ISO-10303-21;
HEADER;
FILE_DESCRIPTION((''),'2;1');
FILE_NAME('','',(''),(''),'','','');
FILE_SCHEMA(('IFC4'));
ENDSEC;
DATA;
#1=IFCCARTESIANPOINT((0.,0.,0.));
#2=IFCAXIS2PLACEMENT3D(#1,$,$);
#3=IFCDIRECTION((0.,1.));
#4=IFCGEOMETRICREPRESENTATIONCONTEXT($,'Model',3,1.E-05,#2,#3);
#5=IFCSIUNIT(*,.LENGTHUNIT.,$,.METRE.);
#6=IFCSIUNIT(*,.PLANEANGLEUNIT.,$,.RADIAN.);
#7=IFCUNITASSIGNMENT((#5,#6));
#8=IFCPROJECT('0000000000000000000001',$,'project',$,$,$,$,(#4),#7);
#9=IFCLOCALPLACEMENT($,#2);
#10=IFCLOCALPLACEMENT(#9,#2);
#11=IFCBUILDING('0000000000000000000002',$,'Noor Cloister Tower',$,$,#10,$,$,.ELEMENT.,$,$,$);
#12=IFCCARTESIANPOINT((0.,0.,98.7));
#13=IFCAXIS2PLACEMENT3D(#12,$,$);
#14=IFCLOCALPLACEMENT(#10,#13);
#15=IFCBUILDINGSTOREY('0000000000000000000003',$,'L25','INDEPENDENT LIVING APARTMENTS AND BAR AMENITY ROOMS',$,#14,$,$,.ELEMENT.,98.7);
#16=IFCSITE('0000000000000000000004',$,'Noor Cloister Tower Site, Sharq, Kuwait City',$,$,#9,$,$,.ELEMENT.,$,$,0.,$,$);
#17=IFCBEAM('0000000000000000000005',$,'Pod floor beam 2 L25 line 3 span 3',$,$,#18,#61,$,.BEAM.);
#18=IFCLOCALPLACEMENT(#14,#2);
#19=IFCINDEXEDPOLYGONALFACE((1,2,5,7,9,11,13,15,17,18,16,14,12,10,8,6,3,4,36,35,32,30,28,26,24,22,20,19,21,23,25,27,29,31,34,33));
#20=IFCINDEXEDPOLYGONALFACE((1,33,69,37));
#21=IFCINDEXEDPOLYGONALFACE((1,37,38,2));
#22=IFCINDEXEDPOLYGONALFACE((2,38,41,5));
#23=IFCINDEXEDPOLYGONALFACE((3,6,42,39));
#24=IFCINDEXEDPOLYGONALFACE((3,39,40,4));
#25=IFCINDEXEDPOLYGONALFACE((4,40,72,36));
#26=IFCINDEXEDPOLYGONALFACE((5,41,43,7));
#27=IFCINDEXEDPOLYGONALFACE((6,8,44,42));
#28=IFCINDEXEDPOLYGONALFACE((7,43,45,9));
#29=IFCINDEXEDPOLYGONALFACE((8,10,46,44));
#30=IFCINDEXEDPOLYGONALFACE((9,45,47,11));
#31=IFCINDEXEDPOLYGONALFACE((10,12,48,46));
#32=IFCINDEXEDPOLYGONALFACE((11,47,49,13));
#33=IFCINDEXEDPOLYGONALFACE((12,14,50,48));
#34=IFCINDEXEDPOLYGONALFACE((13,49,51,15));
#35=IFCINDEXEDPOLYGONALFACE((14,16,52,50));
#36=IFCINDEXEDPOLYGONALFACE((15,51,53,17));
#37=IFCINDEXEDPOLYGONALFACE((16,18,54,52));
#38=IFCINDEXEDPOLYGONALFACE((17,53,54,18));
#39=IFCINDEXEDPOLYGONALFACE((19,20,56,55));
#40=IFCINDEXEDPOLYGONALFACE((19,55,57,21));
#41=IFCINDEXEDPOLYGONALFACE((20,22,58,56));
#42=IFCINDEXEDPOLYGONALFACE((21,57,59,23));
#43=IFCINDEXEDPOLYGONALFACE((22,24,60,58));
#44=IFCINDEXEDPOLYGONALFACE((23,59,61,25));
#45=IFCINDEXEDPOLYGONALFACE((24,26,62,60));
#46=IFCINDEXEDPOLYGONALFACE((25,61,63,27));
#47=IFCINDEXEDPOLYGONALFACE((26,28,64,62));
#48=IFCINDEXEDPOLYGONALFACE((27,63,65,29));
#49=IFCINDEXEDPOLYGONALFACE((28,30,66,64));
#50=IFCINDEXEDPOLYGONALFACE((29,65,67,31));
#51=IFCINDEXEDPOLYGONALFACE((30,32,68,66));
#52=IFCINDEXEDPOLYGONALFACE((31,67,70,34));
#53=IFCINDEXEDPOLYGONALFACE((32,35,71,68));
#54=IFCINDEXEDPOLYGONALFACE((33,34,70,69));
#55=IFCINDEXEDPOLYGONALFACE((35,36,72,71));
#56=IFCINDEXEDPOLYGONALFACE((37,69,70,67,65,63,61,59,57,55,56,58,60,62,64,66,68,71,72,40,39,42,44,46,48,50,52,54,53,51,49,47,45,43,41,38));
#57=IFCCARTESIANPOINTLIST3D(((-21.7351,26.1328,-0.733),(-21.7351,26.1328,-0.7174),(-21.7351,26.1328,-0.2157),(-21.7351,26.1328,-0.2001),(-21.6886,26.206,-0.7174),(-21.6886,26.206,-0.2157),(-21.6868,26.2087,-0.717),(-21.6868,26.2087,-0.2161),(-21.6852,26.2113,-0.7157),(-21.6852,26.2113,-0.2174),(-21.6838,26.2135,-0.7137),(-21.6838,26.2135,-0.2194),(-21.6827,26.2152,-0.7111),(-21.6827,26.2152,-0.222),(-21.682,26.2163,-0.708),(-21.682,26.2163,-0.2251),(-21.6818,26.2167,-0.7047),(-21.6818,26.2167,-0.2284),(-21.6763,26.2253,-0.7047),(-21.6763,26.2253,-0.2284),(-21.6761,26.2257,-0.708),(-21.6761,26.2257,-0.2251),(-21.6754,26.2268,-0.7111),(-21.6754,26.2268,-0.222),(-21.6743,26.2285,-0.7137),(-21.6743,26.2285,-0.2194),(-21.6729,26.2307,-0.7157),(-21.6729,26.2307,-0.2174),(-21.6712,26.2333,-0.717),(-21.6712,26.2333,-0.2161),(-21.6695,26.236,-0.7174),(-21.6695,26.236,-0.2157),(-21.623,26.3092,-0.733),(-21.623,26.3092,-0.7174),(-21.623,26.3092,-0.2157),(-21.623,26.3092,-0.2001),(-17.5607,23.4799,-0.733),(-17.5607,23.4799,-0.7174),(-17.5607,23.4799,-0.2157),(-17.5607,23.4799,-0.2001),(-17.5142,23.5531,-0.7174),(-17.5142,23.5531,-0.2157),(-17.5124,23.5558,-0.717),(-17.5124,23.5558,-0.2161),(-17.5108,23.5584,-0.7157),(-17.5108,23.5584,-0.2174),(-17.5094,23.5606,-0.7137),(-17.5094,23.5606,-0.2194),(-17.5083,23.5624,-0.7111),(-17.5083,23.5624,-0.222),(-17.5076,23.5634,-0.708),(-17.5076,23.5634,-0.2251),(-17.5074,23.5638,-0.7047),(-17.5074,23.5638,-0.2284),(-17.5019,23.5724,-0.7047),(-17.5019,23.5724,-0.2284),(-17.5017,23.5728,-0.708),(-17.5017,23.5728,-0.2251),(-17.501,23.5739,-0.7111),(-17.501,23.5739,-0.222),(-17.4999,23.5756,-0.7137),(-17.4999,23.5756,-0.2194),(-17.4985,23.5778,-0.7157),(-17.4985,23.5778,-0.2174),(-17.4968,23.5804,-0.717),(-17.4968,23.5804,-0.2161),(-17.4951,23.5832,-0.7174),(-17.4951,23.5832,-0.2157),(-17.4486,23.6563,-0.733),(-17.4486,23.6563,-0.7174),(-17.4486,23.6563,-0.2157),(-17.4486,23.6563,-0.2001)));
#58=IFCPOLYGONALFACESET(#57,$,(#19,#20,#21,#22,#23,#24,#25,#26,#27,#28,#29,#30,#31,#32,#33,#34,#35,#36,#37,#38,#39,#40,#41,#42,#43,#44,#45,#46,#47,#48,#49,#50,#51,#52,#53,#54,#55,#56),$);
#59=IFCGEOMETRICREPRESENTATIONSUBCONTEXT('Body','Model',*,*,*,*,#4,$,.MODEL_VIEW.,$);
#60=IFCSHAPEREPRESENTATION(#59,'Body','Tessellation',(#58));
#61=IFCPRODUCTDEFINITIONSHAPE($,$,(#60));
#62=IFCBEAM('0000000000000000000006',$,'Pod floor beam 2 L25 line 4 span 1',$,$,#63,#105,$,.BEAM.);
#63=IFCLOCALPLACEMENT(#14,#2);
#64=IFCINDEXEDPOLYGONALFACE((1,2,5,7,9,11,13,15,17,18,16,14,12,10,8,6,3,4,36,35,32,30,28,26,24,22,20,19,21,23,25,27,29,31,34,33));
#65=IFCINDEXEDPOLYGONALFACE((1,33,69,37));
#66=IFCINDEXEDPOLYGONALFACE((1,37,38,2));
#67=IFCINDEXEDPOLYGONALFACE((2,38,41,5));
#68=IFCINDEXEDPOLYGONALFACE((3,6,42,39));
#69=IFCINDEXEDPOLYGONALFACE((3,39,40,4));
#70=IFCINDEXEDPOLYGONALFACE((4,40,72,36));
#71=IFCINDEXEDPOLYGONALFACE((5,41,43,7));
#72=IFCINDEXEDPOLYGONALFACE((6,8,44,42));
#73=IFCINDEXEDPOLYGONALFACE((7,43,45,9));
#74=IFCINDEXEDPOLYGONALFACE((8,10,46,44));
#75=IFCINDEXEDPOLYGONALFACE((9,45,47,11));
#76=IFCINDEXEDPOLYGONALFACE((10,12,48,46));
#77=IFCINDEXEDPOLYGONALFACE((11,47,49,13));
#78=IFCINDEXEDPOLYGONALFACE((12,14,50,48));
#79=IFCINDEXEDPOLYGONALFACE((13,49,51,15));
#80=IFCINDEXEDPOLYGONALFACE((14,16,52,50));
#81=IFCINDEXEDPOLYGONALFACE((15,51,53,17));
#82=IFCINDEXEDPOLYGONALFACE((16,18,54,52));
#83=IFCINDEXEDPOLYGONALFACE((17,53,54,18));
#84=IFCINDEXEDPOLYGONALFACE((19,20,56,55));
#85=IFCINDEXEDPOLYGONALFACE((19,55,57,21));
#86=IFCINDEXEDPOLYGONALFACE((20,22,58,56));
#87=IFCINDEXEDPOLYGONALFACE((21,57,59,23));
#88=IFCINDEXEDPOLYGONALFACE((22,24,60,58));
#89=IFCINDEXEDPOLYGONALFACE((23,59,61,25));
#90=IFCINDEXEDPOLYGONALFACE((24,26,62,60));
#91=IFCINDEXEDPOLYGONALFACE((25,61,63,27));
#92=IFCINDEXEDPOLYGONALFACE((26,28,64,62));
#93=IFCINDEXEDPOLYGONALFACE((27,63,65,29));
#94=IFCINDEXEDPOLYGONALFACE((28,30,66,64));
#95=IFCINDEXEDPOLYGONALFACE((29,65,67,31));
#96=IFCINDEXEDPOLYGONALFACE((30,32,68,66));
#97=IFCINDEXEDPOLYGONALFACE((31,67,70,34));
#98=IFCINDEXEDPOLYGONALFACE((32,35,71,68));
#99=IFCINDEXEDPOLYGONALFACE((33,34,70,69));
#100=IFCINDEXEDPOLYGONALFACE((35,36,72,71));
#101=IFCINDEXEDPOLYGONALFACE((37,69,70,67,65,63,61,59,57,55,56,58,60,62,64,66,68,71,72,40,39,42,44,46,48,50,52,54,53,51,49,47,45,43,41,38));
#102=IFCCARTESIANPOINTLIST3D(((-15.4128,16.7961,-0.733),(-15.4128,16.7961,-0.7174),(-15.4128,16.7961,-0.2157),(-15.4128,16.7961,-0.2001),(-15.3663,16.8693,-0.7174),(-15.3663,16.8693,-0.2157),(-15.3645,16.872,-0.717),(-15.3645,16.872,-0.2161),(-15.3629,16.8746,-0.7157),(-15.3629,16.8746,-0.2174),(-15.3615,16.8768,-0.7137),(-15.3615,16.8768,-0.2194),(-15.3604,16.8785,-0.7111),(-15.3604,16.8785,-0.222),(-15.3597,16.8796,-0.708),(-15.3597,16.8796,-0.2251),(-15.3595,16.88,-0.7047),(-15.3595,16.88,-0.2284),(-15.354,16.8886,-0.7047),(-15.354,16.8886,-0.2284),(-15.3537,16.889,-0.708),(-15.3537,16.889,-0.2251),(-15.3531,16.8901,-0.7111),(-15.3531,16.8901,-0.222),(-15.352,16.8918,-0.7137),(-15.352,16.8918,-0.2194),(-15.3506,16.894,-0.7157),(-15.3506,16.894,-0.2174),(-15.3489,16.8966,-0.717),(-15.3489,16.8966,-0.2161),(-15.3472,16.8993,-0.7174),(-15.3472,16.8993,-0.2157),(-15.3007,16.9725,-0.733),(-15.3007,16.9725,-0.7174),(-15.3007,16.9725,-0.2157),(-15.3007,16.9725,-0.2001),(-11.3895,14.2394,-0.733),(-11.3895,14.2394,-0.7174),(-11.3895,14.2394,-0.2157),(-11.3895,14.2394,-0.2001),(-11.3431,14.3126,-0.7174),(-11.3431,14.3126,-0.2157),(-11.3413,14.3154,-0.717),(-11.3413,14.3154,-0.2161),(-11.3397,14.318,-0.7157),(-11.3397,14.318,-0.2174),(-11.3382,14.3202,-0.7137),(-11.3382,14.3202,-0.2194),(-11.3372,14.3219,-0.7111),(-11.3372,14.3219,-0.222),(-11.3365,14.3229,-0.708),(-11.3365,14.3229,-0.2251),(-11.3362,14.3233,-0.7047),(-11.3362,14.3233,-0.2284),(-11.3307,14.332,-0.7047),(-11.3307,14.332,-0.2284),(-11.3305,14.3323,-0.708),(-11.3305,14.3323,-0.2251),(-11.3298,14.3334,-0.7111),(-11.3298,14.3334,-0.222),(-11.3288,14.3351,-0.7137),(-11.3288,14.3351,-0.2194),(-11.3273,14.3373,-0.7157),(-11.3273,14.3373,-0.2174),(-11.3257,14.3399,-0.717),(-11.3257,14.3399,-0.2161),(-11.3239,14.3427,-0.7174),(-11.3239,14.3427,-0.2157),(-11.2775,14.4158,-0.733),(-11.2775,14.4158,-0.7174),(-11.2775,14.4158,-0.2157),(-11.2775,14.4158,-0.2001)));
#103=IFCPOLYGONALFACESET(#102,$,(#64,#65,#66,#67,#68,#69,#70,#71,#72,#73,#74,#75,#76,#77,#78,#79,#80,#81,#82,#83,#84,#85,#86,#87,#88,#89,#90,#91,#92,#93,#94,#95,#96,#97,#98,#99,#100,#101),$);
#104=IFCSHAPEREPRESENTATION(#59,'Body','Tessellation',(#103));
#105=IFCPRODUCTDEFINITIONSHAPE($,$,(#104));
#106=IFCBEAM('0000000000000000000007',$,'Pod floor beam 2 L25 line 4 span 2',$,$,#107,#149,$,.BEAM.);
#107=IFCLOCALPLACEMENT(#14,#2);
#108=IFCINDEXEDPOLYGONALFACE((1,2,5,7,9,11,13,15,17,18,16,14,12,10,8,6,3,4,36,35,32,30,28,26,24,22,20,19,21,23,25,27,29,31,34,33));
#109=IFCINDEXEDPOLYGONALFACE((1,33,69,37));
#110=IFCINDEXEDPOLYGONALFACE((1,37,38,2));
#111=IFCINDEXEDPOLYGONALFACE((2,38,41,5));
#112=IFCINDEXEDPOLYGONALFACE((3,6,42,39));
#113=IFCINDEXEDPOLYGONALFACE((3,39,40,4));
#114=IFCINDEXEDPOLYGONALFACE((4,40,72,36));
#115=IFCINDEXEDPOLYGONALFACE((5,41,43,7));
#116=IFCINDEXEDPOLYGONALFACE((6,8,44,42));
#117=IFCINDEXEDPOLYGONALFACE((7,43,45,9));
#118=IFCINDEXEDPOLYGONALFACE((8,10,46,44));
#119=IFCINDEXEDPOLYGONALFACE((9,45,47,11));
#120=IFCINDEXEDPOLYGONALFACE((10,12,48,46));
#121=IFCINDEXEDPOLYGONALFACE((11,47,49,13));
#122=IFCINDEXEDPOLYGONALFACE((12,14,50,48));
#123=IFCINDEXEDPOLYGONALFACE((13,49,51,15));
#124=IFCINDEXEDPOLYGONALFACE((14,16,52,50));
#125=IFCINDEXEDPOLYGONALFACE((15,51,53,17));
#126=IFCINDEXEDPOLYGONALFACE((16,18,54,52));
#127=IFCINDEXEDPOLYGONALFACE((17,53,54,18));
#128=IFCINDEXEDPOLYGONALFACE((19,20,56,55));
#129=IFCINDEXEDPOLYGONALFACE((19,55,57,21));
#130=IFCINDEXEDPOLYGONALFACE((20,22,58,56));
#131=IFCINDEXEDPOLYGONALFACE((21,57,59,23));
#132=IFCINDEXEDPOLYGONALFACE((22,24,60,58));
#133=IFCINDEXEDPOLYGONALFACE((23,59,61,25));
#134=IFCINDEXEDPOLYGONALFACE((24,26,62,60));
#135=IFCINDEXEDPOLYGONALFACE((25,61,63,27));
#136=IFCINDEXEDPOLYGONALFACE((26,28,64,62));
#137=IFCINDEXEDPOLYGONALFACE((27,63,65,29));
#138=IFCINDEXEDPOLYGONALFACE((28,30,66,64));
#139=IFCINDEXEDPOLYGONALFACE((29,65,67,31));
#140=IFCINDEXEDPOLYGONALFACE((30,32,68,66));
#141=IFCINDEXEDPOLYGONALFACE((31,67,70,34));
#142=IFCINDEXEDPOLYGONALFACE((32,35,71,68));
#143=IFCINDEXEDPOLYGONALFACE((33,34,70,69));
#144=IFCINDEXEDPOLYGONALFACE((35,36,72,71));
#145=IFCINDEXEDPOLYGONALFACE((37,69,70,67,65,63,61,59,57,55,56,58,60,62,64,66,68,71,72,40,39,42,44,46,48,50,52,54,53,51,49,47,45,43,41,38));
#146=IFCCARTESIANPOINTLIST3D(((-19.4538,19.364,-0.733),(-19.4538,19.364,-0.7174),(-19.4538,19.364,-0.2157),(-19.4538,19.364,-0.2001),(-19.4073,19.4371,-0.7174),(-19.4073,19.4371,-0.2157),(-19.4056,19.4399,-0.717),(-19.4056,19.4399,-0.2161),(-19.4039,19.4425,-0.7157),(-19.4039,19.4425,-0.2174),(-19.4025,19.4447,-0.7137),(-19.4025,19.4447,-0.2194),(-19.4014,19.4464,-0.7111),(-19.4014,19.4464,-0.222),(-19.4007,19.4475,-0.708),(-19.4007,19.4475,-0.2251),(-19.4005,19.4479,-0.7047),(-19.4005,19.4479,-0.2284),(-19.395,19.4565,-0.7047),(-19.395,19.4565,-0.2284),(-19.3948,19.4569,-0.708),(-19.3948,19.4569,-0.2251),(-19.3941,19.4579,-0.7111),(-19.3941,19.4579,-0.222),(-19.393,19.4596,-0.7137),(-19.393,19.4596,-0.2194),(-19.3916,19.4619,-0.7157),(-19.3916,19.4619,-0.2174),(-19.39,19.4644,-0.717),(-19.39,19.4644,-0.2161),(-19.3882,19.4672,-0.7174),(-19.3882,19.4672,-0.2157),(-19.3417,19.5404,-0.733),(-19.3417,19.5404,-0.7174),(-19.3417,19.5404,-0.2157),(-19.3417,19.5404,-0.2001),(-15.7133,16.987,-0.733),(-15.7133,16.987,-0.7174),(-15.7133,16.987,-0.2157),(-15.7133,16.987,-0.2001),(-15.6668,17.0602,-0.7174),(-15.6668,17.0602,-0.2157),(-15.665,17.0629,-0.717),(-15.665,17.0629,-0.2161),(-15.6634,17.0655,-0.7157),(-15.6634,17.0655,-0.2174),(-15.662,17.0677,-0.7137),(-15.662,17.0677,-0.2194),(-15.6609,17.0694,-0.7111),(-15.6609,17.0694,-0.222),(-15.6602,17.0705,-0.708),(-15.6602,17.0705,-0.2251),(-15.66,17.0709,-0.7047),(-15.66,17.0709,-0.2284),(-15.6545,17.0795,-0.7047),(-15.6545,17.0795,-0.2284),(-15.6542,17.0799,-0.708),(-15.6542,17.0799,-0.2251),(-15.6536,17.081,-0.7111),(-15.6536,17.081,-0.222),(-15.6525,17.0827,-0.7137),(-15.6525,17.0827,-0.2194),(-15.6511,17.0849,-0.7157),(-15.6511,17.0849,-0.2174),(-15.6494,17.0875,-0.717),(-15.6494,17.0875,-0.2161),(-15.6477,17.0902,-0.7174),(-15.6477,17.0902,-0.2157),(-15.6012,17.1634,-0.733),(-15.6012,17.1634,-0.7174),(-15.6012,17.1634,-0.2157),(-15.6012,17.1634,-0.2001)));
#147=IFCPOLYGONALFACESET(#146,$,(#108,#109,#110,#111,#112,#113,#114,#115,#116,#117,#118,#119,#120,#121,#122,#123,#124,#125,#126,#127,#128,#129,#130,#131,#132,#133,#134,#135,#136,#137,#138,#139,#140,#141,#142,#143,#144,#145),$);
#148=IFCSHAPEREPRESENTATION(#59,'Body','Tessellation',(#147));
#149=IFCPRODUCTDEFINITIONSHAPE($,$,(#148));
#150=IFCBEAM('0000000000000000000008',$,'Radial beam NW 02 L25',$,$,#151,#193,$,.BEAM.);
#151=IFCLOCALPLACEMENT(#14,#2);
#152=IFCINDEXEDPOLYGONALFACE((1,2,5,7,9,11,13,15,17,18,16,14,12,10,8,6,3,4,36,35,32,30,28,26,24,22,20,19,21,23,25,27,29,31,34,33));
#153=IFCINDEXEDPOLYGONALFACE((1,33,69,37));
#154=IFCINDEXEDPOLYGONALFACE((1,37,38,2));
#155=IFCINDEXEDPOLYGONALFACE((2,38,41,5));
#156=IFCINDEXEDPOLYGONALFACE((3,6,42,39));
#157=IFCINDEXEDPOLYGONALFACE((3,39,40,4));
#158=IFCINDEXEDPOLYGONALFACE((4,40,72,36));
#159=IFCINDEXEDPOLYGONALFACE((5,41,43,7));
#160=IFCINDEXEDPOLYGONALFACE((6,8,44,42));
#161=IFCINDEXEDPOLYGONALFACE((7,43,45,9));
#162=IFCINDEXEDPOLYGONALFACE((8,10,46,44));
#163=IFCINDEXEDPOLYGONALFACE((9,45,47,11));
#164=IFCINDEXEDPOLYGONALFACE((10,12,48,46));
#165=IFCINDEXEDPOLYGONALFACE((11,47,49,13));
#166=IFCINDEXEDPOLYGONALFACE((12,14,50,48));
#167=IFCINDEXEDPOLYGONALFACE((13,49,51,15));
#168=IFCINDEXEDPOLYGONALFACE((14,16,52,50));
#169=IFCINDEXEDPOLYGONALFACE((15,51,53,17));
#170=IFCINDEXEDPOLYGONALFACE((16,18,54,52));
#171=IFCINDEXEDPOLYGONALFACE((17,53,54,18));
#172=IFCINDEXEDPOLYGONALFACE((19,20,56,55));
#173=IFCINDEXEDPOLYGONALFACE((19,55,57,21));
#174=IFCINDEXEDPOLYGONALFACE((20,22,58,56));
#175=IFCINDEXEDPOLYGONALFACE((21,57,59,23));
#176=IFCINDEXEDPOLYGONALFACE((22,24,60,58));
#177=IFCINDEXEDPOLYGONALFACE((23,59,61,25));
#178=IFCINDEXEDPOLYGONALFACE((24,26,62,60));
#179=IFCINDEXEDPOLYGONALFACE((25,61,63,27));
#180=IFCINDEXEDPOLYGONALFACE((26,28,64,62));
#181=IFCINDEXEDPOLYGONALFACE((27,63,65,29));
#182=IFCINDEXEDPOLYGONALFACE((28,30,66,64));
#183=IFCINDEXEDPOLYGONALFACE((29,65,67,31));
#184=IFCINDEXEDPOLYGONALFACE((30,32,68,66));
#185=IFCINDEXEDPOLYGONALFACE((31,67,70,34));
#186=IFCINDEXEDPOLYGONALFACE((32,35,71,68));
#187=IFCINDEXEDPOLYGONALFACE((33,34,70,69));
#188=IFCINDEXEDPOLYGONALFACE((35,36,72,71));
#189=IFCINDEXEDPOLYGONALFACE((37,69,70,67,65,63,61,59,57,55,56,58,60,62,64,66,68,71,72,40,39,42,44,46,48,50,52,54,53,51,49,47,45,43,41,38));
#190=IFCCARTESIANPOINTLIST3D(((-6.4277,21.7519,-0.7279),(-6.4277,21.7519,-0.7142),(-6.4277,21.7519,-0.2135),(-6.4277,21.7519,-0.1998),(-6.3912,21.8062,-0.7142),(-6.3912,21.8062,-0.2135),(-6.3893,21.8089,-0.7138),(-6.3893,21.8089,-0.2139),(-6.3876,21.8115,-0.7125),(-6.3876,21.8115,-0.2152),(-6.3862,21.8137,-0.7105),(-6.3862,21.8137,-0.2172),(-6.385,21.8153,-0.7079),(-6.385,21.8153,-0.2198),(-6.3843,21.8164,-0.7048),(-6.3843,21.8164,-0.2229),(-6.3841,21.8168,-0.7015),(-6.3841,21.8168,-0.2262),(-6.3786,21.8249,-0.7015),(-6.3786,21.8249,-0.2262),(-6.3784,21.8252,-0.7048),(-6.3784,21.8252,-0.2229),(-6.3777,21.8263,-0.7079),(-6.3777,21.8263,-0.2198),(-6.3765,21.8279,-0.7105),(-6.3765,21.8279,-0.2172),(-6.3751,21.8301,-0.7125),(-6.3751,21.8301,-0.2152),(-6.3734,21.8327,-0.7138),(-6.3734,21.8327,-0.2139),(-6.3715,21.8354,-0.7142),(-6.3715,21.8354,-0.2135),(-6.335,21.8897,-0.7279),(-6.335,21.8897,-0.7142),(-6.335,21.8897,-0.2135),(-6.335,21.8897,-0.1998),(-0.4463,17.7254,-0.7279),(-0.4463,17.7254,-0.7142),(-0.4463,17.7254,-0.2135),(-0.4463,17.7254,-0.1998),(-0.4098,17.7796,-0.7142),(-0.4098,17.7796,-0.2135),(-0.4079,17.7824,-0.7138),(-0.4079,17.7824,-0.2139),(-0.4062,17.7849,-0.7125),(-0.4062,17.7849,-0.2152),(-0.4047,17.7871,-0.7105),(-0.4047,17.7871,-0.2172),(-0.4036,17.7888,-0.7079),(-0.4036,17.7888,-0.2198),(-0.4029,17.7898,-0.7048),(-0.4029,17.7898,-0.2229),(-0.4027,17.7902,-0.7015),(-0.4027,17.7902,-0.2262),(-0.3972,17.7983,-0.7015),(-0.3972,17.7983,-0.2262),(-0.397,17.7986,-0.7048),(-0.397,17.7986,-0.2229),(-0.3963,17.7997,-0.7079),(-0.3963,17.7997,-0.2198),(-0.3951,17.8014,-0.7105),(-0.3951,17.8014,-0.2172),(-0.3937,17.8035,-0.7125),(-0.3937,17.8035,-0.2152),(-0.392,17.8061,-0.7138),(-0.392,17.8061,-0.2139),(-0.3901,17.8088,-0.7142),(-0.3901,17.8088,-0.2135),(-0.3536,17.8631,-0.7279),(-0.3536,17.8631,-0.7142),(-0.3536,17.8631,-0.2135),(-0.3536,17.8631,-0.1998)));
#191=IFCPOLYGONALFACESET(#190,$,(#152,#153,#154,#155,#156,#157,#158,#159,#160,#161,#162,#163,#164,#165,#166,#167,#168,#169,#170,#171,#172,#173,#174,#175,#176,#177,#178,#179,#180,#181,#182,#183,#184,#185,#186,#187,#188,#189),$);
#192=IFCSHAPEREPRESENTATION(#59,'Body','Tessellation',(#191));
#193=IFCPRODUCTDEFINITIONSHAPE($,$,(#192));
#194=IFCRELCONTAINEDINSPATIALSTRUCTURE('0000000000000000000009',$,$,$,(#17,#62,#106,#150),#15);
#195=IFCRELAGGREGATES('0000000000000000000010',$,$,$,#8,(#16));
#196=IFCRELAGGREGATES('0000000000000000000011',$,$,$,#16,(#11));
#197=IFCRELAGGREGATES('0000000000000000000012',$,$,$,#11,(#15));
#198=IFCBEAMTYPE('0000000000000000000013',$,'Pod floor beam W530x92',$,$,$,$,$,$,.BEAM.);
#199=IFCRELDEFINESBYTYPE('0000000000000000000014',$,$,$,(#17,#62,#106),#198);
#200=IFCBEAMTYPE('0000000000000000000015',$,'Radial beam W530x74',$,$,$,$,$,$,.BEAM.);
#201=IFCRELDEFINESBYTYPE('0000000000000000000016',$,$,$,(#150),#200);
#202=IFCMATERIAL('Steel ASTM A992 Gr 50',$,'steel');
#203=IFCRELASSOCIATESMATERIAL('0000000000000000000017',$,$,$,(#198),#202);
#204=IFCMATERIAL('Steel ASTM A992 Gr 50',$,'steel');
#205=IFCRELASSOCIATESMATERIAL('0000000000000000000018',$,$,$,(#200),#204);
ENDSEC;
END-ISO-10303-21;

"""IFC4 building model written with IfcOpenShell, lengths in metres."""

from ifc_helpers import new_model, si_unit, direction, frame, origin, origin_2d, place, context, subcontext, project, spatial, i_section, extrude, material, material_profile, profile_set, type_object, element, save


model = new_model("IFC4")

# Units and contexts
model_context = context("Model", 3, precision=1e-05, world=origin(), true_north=direction((0.0, 1.0)))
body_context = subcontext(model_context, "Body", "Model", "MODEL_VIEW")
ifc_project = project(units=[si_unit("LENGTHUNIT", "METRE"), si_unit("PLANEANGLEUNIT", "RADIAN")], contexts=[model_context])

# Site, building, storey
site_placement = place(None, origin())
site = spatial("IfcSite", under=ifc_project, at=site_placement, Name="Noor Cloister Tower Site, Sharq, Kuwait City", CompositionType="ELEMENT", RefElevation=0.0)
building_placement = place(site_placement, origin())
building = spatial("IfcBuilding", under=site, at=building_placement, Name="Noor Cloister Tower", CompositionType="ELEMENT")
storey_placement = place(building_placement, frame((0.0, 0.0, 98.7)))
storey = spatial("IfcBuildingStorey", under=building, at=storey_placement, Name="L25", Description="INDEPENDENT LIVING APARTMENTS AND BAR AMENITY ROOMS", CompositionType="ELEMENT", Elevation=98.7)

# Beams
ifc_material_1 = material(Name="Steel ASTM A992 Gr 50", Category="steel")
ifc_material_profile_1 = material_profile(ifc_material_1, i_section(OverallWidth=0.209, OverallDepth=0.533, WebThickness=0.0103, FlangeThickness=0.0156, FilletRadius=0.0127, at=origin_2d()), Name="W530x92")
ifc_profile_set_1 = profile_set([ifc_material_profile_1], Name="Steel ASTM A992 Gr 50")
beam_type_1 = type_object("IfcBeamType", Name="Pod floor beam W530x92", PredefinedType="BEAM", material=ifc_profile_set_1)
beam_1_placement = place(storey_placement, frame((-17.5046, 23.5681, -0.4666), z_axis=(-0.843987, 0.536364, 0.0), x_axis=(-0.536364, -0.843987, 0.0)))
element("IfcBeam", 1, at=beam_1_placement, inside=storey, type_object=beam_type_1, Name="Pod floor beam 2 L25 line 3 span 3", PredefinedType="BEAM", context=body_context, shape_type="SweptSolid", body=[
    extrude(i_section(OverallWidth=0.209, OverallDepth=0.533, WebThickness=0.0103, FlangeThickness=0.0156, FilletRadius=0.0127, at=origin_2d()), origin(), (0.0, 0.0, 1.0), 4.946),
])
beam_2_placement = place(storey_placement, frame((-11.3335, 14.3276, -0.4666), z_axis=(-0.844001, 0.536342, 0.0), x_axis=(-0.536342, -0.844001, 0.0)))
element("IfcBeam", 2, at=beam_2_placement, inside=storey, type_object=beam_type_1, Name="Pod floor beam 2 L25 line 4 span 1", PredefinedType="BEAM", context=body_context, shape_type="SweptSolid", body=[
    extrude(i_section(OverallWidth=0.209, OverallDepth=0.533, WebThickness=0.0103, FlangeThickness=0.0156, FilletRadius=0.0127, at=origin_2d()), origin(), (0.0, 0.0, 1.0), 4.7668),
])
beam_3_placement = place(storey_placement, frame((-15.6572, 17.0752, -0.4666), z_axis=(-0.844004, 0.536337, 0.0), x_axis=(-0.536337, -0.844004, 0.0)))
element("IfcBeam", 3, at=beam_3_placement, inside=storey, type_object=beam_type_1, Name="Pod floor beam 2 L25 line 4 span 2", PredefinedType="BEAM", context=body_context, shape_type="SweptSolid", body=[
    extrude(i_section(OverallWidth=0.209, OverallDepth=0.533, WebThickness=0.0103, FlangeThickness=0.0156, FilletRadius=0.0127, at=origin_2d()), origin(), (0.0, 0.0, 1.0), 4.4319),
])
ifc_material_2 = material(Name="Steel ASTM A992 Gr 50", Category="steel")
ifc_material_profile_2 = material_profile(ifc_material_2, i_section(OverallWidth=0.166, OverallDepth=0.5281, WebThickness=0.0098, FlangeThickness=0.0137, FilletRadius=0.0127, at=origin_2d()), Name="W530x74")
ifc_profile_set_2 = profile_set([ifc_material_profile_2], Name="Steel ASTM A992 Gr 50")
beam_type_2 = type_object("IfcBeamType", Name="Radial beam W530x74", PredefinedType="BEAM", material=ifc_profile_set_2)
beam_4_placement = place(storey_placement, frame((-6.3813, 21.8208, -0.4639), z_axis=(0.829547, -0.558437, 0.0), x_axis=(0.558437, 0.829547, 0.0)))
element("IfcBeam", 4, at=beam_4_placement, inside=storey, type_object=beam_type_2, Name="Radial beam NW 02 L25", PredefinedType="BEAM", context=body_context, shape_type="SweptSolid", body=[
    extrude(i_section(OverallWidth=0.166, OverallDepth=0.5281, WebThickness=0.0098, FlangeThickness=0.0137, FilletRadius=0.0127, at=origin_2d()), origin(), (0.0, 0.0, 1.0), 7.2104),
])

save(model, "model.ifc")
